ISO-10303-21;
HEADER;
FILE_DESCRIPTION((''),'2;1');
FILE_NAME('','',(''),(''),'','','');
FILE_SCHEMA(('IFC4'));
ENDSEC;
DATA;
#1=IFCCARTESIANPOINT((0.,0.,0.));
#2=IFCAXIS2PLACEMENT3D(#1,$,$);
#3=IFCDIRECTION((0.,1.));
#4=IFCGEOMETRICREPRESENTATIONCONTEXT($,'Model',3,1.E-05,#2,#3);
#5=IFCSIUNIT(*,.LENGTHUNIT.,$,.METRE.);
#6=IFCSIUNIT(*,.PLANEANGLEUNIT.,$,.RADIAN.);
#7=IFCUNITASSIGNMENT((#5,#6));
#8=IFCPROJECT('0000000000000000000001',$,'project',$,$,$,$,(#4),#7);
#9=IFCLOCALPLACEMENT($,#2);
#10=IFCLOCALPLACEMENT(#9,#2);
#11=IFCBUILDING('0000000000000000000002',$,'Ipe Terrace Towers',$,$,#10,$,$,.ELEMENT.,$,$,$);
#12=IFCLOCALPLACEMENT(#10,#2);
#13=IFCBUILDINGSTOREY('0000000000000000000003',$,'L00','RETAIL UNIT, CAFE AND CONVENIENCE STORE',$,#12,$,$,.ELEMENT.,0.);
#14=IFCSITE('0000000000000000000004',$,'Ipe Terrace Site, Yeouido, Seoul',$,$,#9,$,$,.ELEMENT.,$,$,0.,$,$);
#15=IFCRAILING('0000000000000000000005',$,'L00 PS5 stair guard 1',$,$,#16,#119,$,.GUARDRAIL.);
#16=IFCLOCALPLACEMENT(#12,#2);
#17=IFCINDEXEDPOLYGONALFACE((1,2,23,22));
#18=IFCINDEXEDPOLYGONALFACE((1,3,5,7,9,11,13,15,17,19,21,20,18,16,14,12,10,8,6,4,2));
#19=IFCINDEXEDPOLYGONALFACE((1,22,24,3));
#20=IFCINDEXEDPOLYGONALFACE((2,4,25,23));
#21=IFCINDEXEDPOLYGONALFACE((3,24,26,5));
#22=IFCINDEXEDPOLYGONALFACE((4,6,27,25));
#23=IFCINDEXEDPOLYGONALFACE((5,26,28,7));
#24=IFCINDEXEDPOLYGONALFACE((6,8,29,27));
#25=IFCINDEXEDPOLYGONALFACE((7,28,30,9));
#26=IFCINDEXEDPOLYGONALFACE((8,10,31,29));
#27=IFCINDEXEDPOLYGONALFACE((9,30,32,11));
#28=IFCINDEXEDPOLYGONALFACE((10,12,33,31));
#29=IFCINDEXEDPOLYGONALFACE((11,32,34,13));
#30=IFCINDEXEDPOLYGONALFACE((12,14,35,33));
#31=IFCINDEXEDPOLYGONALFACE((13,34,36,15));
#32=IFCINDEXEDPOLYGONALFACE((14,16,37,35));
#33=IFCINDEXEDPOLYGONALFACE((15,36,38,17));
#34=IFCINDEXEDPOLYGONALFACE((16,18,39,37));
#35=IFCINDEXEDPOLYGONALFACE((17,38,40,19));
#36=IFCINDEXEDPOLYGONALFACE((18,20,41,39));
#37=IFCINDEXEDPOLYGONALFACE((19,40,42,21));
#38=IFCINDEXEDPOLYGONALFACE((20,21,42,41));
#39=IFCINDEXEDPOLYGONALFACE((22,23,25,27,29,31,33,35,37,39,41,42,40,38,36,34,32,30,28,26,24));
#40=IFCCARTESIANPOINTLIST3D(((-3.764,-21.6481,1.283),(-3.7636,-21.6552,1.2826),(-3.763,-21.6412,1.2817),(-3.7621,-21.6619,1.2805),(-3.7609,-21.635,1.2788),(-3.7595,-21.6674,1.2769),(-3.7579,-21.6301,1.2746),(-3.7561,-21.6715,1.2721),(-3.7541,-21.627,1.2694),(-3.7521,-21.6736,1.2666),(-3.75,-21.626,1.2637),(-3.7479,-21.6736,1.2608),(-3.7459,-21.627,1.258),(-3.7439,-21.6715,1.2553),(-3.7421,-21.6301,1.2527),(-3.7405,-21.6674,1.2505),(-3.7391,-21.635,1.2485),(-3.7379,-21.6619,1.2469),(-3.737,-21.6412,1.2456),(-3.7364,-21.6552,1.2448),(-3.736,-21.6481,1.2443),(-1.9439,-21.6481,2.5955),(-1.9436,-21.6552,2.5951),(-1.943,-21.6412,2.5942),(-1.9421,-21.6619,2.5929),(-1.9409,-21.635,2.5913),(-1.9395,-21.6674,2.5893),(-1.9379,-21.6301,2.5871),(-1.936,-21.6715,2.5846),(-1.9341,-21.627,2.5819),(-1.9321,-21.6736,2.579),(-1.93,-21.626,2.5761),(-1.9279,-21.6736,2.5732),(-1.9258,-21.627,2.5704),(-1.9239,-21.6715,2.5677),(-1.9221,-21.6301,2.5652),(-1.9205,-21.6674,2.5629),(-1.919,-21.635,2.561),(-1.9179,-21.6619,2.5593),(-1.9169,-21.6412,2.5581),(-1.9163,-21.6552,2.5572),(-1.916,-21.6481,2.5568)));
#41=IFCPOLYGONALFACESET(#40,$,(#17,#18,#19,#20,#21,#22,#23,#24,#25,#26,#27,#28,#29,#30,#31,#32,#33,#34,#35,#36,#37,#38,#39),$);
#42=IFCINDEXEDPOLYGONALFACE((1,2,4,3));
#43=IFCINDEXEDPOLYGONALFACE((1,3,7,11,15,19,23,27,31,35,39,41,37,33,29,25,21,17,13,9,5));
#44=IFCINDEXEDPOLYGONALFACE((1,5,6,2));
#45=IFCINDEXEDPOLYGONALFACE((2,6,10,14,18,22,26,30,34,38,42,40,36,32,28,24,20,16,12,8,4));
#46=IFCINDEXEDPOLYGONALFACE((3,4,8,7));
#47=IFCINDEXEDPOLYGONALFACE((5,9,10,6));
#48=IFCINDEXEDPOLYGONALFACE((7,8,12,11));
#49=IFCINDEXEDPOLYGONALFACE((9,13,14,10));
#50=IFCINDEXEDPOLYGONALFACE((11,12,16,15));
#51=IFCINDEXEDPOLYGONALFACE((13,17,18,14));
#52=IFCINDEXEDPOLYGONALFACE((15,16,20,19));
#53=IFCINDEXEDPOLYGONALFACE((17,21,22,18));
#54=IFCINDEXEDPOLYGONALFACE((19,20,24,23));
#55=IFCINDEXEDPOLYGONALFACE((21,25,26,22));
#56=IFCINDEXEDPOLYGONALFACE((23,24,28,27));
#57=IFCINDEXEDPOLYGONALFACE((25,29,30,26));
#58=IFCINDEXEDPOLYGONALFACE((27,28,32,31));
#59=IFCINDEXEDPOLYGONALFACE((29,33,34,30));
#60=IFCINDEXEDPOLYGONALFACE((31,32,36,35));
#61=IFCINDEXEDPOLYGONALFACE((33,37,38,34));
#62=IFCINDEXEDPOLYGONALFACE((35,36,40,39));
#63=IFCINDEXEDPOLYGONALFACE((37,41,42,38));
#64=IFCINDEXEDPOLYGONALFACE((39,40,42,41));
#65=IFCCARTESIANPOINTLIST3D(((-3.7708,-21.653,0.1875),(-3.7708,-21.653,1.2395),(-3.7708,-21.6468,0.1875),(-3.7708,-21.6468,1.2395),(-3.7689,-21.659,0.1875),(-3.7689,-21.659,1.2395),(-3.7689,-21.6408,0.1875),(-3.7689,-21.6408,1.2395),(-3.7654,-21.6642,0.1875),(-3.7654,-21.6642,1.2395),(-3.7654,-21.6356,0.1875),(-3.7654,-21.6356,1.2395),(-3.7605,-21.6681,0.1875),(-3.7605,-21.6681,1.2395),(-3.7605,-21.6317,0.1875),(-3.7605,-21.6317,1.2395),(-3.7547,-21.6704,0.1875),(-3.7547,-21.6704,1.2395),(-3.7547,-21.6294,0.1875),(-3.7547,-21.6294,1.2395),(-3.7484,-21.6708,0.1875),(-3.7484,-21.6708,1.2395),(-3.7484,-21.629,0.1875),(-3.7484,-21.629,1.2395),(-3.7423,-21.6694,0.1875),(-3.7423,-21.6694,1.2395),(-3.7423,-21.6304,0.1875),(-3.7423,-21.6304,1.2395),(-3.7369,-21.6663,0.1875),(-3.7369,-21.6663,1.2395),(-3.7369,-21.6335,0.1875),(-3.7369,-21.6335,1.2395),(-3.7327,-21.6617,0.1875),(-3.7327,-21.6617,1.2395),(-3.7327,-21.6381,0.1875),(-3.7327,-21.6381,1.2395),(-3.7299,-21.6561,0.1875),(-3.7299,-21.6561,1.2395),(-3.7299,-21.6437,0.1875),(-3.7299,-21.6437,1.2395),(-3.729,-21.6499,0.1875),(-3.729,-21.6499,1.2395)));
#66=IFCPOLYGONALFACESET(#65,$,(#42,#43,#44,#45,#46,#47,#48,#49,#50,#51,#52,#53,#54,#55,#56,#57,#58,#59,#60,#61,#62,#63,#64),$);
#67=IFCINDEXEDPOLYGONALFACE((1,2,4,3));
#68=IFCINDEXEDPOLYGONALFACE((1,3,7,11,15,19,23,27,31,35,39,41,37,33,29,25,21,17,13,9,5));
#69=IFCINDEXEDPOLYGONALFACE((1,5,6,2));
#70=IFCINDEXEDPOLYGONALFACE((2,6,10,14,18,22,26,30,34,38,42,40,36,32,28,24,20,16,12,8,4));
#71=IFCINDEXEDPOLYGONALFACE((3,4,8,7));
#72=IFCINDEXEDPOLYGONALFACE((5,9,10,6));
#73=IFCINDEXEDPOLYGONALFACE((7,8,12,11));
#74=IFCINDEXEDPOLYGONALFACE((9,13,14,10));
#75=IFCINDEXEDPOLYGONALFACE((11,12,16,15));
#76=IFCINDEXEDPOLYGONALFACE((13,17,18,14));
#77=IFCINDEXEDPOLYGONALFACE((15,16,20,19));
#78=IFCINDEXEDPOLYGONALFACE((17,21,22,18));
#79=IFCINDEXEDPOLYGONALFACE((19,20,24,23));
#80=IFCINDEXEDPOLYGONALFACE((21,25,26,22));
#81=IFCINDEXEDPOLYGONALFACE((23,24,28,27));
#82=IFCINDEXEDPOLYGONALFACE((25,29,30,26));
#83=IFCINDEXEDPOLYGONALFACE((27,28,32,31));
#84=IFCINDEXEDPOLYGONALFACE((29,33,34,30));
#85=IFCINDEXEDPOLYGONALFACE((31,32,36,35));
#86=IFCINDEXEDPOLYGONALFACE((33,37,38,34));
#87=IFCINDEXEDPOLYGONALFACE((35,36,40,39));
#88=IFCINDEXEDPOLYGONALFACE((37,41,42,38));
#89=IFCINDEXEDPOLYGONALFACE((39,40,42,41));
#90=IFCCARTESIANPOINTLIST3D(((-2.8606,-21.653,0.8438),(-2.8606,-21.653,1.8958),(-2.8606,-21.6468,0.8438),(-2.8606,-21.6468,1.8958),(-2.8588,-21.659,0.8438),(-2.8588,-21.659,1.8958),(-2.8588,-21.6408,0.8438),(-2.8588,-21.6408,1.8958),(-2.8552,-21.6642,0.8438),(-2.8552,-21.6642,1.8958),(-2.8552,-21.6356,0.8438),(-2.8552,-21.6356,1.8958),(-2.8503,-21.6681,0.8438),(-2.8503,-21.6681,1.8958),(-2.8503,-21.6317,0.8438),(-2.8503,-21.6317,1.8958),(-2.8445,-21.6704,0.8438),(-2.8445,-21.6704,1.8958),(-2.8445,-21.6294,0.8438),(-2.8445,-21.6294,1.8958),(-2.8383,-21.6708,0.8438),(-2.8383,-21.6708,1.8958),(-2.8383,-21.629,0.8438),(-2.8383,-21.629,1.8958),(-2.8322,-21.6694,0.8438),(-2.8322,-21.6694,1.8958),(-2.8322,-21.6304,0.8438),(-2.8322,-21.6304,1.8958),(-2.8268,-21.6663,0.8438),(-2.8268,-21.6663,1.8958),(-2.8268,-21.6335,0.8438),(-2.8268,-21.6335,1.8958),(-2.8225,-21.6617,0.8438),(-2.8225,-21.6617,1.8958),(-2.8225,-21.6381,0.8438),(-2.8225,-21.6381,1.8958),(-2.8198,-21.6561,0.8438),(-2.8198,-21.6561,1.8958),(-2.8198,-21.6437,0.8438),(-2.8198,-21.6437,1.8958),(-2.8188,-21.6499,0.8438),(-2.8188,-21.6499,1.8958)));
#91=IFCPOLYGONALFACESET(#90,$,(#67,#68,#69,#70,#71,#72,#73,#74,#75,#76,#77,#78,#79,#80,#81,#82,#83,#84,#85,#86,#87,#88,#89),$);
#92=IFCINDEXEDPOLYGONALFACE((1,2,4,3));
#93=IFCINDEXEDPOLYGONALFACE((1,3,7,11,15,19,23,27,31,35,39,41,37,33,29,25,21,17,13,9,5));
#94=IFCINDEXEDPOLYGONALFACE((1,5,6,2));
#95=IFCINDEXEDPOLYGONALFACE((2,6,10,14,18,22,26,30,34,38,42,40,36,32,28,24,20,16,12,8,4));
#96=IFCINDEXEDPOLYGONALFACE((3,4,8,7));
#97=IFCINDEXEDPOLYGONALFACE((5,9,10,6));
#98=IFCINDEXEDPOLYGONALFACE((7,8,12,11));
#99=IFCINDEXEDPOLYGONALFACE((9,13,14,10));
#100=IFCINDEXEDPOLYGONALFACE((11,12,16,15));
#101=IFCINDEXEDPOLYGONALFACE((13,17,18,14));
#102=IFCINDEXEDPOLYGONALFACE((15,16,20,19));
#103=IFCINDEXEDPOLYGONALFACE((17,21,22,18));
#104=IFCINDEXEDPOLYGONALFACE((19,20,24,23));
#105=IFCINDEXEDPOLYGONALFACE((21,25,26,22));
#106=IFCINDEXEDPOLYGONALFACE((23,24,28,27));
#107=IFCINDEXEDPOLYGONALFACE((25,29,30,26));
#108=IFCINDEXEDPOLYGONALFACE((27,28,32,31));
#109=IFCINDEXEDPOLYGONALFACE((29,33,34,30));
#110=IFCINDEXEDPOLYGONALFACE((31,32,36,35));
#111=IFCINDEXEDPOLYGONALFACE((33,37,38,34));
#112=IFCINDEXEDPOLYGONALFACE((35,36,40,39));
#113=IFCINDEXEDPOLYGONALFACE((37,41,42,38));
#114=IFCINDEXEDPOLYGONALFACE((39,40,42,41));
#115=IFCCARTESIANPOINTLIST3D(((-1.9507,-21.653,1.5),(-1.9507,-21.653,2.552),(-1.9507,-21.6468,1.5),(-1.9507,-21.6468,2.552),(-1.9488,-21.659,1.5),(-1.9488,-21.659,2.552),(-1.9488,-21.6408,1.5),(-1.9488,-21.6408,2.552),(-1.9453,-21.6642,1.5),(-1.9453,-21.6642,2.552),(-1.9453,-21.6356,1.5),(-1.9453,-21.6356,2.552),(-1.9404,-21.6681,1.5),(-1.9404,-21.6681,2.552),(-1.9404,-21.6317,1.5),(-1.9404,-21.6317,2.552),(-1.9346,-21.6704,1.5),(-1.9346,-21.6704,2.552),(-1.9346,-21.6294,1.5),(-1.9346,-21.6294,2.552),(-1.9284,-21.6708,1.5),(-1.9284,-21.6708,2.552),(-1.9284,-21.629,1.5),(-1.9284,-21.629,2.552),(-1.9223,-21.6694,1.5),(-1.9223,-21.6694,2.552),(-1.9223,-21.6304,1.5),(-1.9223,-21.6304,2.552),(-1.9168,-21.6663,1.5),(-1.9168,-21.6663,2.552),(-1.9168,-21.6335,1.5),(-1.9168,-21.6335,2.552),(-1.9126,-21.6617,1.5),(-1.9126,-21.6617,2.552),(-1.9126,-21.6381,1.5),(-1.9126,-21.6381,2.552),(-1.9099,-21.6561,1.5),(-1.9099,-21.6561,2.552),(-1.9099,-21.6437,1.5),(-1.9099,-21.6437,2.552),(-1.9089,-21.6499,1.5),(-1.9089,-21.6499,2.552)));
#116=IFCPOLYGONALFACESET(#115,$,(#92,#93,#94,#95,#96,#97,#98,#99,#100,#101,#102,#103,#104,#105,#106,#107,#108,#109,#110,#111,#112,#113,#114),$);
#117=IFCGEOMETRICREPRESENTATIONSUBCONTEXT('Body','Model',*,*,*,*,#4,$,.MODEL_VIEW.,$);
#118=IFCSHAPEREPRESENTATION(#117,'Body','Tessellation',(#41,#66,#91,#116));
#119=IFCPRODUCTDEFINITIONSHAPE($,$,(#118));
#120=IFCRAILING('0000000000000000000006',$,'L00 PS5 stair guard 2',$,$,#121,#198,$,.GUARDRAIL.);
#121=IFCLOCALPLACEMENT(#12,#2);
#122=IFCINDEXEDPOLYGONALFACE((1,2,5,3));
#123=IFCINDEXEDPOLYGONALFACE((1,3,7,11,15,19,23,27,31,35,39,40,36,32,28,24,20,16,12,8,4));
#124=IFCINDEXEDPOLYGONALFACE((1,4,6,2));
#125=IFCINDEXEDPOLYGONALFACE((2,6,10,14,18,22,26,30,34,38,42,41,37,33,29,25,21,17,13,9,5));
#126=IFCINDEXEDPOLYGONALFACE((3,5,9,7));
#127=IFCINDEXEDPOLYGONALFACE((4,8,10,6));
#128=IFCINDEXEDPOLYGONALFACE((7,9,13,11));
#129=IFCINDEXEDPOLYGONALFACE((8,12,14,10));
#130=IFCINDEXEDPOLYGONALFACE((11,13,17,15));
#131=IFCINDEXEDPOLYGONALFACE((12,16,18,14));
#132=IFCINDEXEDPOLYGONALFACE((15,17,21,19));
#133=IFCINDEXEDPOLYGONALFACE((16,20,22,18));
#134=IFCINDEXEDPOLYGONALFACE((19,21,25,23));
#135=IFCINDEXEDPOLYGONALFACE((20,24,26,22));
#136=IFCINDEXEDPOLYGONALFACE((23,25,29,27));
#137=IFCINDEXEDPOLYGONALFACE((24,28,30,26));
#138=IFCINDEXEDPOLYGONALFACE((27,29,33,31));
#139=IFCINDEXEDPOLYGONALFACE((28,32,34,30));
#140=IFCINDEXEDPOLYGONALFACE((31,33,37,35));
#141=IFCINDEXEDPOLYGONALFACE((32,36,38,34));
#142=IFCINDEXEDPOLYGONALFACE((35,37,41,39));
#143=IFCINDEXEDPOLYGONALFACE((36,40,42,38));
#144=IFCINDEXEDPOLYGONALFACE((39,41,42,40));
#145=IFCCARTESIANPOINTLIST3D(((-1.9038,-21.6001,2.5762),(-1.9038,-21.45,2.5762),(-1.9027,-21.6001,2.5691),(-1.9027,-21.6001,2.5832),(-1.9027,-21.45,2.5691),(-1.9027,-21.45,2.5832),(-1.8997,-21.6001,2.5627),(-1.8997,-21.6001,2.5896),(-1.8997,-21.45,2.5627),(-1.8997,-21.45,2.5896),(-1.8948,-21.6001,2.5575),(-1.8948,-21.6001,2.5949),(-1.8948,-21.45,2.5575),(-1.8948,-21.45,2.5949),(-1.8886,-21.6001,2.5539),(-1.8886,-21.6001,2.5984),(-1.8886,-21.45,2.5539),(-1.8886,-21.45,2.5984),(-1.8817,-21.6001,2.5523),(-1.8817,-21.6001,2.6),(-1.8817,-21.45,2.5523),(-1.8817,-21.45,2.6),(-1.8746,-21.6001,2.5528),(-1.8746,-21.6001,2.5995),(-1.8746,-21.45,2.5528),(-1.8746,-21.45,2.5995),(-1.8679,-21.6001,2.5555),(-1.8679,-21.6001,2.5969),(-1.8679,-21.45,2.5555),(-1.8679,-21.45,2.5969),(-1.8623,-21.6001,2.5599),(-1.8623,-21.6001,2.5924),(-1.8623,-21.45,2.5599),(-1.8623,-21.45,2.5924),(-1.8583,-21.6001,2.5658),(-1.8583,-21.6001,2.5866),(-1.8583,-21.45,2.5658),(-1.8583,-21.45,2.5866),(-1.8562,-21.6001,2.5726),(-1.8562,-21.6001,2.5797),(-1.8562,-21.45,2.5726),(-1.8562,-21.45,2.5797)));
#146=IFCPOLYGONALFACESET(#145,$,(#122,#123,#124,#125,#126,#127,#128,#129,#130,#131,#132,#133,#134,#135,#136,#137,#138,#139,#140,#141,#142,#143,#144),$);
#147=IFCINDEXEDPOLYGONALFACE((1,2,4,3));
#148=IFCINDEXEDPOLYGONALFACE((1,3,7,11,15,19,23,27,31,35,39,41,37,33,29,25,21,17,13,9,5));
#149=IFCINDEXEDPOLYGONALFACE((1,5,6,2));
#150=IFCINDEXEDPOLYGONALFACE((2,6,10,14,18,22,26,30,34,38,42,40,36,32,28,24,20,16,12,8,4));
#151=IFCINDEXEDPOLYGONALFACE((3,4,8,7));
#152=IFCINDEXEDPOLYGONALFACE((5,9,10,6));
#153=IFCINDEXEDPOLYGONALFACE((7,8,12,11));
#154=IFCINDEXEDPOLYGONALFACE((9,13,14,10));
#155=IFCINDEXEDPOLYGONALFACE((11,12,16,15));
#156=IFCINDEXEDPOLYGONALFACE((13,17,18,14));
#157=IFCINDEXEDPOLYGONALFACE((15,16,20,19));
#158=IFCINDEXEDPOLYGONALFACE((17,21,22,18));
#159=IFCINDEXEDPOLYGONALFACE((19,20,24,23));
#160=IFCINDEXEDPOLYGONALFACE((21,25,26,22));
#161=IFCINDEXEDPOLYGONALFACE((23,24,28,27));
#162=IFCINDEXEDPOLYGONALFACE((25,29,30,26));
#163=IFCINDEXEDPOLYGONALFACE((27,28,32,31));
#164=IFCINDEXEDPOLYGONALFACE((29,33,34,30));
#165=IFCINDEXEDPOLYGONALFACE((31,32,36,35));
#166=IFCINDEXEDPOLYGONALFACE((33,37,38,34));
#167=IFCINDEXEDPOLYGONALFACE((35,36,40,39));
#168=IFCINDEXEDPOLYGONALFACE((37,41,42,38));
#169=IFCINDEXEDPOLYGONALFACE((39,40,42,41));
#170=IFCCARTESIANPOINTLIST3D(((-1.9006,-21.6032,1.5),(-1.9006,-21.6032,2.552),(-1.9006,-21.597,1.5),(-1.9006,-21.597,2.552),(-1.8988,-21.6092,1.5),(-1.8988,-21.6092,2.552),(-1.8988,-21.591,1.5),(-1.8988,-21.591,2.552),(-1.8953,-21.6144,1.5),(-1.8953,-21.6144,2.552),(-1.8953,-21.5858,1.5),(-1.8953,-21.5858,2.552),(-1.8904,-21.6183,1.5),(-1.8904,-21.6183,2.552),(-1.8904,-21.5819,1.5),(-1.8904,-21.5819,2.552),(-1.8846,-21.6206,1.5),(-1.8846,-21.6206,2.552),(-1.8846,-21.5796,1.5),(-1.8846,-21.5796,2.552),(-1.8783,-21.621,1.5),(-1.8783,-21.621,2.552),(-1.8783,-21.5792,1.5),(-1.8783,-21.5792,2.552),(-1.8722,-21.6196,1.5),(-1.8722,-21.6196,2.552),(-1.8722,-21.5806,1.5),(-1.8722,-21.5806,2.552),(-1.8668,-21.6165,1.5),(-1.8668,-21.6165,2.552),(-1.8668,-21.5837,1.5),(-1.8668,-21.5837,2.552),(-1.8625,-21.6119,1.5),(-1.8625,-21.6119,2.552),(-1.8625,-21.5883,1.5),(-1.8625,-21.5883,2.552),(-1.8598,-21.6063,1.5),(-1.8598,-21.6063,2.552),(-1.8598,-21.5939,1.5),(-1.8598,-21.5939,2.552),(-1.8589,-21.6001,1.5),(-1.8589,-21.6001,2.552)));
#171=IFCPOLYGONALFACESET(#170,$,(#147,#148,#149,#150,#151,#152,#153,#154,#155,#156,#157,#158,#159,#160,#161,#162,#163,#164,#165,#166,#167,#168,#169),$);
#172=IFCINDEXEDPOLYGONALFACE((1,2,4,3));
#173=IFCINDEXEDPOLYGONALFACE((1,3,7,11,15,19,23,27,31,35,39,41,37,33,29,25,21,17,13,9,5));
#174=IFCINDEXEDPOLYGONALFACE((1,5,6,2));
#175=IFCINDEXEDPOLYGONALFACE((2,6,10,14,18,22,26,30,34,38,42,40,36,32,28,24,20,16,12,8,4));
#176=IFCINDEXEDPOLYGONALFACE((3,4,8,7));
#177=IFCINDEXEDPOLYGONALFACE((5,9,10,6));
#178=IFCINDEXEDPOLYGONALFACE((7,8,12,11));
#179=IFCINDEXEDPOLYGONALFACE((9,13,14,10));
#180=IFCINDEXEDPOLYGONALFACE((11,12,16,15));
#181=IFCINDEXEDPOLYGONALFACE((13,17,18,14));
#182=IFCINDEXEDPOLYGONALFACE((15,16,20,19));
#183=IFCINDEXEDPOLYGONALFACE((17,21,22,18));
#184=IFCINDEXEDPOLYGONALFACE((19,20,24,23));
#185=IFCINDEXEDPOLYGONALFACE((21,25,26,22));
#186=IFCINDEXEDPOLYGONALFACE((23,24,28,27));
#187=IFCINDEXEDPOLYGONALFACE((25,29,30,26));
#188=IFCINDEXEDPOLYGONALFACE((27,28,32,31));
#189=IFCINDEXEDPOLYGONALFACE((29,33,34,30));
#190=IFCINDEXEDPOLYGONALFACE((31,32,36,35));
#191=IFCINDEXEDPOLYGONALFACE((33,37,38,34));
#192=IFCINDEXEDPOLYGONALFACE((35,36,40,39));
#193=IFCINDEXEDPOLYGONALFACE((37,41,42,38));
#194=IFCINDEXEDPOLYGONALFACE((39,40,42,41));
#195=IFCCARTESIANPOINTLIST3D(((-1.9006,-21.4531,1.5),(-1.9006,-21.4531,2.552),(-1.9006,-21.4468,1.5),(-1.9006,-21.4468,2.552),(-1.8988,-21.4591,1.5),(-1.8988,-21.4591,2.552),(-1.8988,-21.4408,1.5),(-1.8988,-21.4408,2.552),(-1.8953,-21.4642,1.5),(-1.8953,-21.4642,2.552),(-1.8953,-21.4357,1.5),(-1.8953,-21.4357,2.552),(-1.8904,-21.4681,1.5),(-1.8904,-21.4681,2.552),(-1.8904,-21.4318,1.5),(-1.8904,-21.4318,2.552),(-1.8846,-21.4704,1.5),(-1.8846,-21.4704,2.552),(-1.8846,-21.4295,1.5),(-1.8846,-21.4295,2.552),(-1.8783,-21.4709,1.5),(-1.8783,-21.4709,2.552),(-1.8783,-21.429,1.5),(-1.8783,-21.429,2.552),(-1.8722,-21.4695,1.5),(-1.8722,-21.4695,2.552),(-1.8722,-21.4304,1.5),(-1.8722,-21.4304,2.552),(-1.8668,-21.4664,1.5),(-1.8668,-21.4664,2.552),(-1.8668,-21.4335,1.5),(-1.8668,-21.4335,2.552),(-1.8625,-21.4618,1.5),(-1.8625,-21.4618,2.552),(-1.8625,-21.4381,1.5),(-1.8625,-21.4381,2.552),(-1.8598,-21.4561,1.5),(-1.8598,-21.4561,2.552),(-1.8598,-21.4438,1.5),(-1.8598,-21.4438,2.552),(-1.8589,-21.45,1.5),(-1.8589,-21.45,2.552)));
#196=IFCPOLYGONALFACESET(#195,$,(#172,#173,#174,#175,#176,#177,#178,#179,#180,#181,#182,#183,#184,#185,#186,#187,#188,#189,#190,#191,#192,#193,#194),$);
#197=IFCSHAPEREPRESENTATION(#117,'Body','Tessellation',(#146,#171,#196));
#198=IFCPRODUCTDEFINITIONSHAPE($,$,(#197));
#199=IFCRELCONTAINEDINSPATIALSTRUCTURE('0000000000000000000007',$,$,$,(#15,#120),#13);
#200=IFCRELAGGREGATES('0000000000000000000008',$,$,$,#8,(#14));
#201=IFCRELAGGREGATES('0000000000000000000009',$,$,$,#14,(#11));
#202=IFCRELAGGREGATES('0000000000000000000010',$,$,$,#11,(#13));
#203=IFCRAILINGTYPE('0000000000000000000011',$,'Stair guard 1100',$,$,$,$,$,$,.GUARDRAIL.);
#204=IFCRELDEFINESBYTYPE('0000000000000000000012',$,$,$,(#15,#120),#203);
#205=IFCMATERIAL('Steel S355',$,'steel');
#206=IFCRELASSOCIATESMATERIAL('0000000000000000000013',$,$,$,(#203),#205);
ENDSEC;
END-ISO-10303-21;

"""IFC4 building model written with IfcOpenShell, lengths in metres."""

from ifc_helpers import new_model, si_unit, direction, frame, origin, origin_2d, place, context, subcontext, project, spatial, circle, extrude, material, type_object, element, save


model = new_model("IFC4")

# Units and contexts
model_context = context("Model", 3, precision=1e-05, world=origin(), true_north=direction((0.0, 1.0)))
body_context = subcontext(model_context, "Body", "Model", "MODEL_VIEW")
ifc_project = project(units=[si_unit("LENGTHUNIT", "METRE"), si_unit("PLANEANGLEUNIT", "RADIAN")], contexts=[model_context])

# Site, building, storey
site_placement = place(None, origin())
site = spatial("IfcSite", under=ifc_project, at=site_placement, Name="Ipe Terrace Site, Yeouido, Seoul", CompositionType="ELEMENT", RefElevation=0.0)
building_placement = place(site_placement, origin())
building = spatial("IfcBuilding", under=site, at=building_placement, Name="Ipe Terrace Towers", CompositionType="ELEMENT")
storey_placement = place(building_placement, origin())
storey = spatial("IfcBuildingStorey", under=building, at=storey_placement, Name="L00", Description="RETAIL UNIT, CAFE AND CONVENIENCE STORE", CompositionType="ELEMENT", Elevation=0.0)

# Railings
ifc_material_1 = material(Name="Steel S355", Category="steel")
railing_type_1 = type_object("IfcRailingType", Name="Stair guard 1100", PredefinedType="GUARDRAIL", material=ifc_material_1)
railing_1_placement = place(storey_placement, frame((-3.75, -21.6499, 0.1875)))
element("IfcRailing", 1, at=railing_1_placement, inside=storey, type_object=railing_type_1, Name="L00 PS5 stair guard 1", PredefinedType="GUARDRAIL", context=body_context, shape_type="SweptSolid", body=[
    extrude(circle(Radius=0.0239, at=origin_2d()), frame((0.0, 0.0, 1.0762), z_axis=(0.811101, 0.0, 0.584906), x_axis=(0.0, 1.0, 0.0)), (0.0, 0.0, 1.0), 2.2439),
    extrude(circle(Radius=0.021, at=origin_2d()), origin(), (0.0, 0.0, 1.0), 1.052),
    extrude(circle(Radius=0.021, at=origin_2d()), frame((0.9102, 0.0, 0.6562)), (0.0, 0.0, 1.0), 1.052),
    extrude(circle(Radius=0.021, at=origin_2d()), frame((1.8201, 0.0, 1.3125)), (0.0, 0.0, 1.0), 1.052),
])
railing_2_placement = place(storey_placement, frame((-1.8799, -21.6001, 1.5)))
element("IfcRailing", 2, at=railing_2_placement, inside=storey, type_object=railing_type_1, Name="L00 PS5 stair guard 2", PredefinedType="GUARDRAIL", context=body_context, shape_type="SweptSolid", body=[
    extrude(circle(Radius=0.0239, at=origin_2d()), frame((0.0, 0.0, 1.0762), z_axis=(0.0, 1.0, 0.0), x_axis=(-1.0, 0.0, 0.0)), (0.0, 0.0, 1.0), 0.1501),
    extrude(circle(Radius=0.021, at=origin_2d()), origin(), (0.0, 0.0, 1.0), 1.052),
    extrude(circle(Radius=0.021, at=origin_2d()), frame((0.0, 0.1501, 0.0)), (0.0, 0.0, 1.0), 1.052),
])

save(model, "model.ifc")
